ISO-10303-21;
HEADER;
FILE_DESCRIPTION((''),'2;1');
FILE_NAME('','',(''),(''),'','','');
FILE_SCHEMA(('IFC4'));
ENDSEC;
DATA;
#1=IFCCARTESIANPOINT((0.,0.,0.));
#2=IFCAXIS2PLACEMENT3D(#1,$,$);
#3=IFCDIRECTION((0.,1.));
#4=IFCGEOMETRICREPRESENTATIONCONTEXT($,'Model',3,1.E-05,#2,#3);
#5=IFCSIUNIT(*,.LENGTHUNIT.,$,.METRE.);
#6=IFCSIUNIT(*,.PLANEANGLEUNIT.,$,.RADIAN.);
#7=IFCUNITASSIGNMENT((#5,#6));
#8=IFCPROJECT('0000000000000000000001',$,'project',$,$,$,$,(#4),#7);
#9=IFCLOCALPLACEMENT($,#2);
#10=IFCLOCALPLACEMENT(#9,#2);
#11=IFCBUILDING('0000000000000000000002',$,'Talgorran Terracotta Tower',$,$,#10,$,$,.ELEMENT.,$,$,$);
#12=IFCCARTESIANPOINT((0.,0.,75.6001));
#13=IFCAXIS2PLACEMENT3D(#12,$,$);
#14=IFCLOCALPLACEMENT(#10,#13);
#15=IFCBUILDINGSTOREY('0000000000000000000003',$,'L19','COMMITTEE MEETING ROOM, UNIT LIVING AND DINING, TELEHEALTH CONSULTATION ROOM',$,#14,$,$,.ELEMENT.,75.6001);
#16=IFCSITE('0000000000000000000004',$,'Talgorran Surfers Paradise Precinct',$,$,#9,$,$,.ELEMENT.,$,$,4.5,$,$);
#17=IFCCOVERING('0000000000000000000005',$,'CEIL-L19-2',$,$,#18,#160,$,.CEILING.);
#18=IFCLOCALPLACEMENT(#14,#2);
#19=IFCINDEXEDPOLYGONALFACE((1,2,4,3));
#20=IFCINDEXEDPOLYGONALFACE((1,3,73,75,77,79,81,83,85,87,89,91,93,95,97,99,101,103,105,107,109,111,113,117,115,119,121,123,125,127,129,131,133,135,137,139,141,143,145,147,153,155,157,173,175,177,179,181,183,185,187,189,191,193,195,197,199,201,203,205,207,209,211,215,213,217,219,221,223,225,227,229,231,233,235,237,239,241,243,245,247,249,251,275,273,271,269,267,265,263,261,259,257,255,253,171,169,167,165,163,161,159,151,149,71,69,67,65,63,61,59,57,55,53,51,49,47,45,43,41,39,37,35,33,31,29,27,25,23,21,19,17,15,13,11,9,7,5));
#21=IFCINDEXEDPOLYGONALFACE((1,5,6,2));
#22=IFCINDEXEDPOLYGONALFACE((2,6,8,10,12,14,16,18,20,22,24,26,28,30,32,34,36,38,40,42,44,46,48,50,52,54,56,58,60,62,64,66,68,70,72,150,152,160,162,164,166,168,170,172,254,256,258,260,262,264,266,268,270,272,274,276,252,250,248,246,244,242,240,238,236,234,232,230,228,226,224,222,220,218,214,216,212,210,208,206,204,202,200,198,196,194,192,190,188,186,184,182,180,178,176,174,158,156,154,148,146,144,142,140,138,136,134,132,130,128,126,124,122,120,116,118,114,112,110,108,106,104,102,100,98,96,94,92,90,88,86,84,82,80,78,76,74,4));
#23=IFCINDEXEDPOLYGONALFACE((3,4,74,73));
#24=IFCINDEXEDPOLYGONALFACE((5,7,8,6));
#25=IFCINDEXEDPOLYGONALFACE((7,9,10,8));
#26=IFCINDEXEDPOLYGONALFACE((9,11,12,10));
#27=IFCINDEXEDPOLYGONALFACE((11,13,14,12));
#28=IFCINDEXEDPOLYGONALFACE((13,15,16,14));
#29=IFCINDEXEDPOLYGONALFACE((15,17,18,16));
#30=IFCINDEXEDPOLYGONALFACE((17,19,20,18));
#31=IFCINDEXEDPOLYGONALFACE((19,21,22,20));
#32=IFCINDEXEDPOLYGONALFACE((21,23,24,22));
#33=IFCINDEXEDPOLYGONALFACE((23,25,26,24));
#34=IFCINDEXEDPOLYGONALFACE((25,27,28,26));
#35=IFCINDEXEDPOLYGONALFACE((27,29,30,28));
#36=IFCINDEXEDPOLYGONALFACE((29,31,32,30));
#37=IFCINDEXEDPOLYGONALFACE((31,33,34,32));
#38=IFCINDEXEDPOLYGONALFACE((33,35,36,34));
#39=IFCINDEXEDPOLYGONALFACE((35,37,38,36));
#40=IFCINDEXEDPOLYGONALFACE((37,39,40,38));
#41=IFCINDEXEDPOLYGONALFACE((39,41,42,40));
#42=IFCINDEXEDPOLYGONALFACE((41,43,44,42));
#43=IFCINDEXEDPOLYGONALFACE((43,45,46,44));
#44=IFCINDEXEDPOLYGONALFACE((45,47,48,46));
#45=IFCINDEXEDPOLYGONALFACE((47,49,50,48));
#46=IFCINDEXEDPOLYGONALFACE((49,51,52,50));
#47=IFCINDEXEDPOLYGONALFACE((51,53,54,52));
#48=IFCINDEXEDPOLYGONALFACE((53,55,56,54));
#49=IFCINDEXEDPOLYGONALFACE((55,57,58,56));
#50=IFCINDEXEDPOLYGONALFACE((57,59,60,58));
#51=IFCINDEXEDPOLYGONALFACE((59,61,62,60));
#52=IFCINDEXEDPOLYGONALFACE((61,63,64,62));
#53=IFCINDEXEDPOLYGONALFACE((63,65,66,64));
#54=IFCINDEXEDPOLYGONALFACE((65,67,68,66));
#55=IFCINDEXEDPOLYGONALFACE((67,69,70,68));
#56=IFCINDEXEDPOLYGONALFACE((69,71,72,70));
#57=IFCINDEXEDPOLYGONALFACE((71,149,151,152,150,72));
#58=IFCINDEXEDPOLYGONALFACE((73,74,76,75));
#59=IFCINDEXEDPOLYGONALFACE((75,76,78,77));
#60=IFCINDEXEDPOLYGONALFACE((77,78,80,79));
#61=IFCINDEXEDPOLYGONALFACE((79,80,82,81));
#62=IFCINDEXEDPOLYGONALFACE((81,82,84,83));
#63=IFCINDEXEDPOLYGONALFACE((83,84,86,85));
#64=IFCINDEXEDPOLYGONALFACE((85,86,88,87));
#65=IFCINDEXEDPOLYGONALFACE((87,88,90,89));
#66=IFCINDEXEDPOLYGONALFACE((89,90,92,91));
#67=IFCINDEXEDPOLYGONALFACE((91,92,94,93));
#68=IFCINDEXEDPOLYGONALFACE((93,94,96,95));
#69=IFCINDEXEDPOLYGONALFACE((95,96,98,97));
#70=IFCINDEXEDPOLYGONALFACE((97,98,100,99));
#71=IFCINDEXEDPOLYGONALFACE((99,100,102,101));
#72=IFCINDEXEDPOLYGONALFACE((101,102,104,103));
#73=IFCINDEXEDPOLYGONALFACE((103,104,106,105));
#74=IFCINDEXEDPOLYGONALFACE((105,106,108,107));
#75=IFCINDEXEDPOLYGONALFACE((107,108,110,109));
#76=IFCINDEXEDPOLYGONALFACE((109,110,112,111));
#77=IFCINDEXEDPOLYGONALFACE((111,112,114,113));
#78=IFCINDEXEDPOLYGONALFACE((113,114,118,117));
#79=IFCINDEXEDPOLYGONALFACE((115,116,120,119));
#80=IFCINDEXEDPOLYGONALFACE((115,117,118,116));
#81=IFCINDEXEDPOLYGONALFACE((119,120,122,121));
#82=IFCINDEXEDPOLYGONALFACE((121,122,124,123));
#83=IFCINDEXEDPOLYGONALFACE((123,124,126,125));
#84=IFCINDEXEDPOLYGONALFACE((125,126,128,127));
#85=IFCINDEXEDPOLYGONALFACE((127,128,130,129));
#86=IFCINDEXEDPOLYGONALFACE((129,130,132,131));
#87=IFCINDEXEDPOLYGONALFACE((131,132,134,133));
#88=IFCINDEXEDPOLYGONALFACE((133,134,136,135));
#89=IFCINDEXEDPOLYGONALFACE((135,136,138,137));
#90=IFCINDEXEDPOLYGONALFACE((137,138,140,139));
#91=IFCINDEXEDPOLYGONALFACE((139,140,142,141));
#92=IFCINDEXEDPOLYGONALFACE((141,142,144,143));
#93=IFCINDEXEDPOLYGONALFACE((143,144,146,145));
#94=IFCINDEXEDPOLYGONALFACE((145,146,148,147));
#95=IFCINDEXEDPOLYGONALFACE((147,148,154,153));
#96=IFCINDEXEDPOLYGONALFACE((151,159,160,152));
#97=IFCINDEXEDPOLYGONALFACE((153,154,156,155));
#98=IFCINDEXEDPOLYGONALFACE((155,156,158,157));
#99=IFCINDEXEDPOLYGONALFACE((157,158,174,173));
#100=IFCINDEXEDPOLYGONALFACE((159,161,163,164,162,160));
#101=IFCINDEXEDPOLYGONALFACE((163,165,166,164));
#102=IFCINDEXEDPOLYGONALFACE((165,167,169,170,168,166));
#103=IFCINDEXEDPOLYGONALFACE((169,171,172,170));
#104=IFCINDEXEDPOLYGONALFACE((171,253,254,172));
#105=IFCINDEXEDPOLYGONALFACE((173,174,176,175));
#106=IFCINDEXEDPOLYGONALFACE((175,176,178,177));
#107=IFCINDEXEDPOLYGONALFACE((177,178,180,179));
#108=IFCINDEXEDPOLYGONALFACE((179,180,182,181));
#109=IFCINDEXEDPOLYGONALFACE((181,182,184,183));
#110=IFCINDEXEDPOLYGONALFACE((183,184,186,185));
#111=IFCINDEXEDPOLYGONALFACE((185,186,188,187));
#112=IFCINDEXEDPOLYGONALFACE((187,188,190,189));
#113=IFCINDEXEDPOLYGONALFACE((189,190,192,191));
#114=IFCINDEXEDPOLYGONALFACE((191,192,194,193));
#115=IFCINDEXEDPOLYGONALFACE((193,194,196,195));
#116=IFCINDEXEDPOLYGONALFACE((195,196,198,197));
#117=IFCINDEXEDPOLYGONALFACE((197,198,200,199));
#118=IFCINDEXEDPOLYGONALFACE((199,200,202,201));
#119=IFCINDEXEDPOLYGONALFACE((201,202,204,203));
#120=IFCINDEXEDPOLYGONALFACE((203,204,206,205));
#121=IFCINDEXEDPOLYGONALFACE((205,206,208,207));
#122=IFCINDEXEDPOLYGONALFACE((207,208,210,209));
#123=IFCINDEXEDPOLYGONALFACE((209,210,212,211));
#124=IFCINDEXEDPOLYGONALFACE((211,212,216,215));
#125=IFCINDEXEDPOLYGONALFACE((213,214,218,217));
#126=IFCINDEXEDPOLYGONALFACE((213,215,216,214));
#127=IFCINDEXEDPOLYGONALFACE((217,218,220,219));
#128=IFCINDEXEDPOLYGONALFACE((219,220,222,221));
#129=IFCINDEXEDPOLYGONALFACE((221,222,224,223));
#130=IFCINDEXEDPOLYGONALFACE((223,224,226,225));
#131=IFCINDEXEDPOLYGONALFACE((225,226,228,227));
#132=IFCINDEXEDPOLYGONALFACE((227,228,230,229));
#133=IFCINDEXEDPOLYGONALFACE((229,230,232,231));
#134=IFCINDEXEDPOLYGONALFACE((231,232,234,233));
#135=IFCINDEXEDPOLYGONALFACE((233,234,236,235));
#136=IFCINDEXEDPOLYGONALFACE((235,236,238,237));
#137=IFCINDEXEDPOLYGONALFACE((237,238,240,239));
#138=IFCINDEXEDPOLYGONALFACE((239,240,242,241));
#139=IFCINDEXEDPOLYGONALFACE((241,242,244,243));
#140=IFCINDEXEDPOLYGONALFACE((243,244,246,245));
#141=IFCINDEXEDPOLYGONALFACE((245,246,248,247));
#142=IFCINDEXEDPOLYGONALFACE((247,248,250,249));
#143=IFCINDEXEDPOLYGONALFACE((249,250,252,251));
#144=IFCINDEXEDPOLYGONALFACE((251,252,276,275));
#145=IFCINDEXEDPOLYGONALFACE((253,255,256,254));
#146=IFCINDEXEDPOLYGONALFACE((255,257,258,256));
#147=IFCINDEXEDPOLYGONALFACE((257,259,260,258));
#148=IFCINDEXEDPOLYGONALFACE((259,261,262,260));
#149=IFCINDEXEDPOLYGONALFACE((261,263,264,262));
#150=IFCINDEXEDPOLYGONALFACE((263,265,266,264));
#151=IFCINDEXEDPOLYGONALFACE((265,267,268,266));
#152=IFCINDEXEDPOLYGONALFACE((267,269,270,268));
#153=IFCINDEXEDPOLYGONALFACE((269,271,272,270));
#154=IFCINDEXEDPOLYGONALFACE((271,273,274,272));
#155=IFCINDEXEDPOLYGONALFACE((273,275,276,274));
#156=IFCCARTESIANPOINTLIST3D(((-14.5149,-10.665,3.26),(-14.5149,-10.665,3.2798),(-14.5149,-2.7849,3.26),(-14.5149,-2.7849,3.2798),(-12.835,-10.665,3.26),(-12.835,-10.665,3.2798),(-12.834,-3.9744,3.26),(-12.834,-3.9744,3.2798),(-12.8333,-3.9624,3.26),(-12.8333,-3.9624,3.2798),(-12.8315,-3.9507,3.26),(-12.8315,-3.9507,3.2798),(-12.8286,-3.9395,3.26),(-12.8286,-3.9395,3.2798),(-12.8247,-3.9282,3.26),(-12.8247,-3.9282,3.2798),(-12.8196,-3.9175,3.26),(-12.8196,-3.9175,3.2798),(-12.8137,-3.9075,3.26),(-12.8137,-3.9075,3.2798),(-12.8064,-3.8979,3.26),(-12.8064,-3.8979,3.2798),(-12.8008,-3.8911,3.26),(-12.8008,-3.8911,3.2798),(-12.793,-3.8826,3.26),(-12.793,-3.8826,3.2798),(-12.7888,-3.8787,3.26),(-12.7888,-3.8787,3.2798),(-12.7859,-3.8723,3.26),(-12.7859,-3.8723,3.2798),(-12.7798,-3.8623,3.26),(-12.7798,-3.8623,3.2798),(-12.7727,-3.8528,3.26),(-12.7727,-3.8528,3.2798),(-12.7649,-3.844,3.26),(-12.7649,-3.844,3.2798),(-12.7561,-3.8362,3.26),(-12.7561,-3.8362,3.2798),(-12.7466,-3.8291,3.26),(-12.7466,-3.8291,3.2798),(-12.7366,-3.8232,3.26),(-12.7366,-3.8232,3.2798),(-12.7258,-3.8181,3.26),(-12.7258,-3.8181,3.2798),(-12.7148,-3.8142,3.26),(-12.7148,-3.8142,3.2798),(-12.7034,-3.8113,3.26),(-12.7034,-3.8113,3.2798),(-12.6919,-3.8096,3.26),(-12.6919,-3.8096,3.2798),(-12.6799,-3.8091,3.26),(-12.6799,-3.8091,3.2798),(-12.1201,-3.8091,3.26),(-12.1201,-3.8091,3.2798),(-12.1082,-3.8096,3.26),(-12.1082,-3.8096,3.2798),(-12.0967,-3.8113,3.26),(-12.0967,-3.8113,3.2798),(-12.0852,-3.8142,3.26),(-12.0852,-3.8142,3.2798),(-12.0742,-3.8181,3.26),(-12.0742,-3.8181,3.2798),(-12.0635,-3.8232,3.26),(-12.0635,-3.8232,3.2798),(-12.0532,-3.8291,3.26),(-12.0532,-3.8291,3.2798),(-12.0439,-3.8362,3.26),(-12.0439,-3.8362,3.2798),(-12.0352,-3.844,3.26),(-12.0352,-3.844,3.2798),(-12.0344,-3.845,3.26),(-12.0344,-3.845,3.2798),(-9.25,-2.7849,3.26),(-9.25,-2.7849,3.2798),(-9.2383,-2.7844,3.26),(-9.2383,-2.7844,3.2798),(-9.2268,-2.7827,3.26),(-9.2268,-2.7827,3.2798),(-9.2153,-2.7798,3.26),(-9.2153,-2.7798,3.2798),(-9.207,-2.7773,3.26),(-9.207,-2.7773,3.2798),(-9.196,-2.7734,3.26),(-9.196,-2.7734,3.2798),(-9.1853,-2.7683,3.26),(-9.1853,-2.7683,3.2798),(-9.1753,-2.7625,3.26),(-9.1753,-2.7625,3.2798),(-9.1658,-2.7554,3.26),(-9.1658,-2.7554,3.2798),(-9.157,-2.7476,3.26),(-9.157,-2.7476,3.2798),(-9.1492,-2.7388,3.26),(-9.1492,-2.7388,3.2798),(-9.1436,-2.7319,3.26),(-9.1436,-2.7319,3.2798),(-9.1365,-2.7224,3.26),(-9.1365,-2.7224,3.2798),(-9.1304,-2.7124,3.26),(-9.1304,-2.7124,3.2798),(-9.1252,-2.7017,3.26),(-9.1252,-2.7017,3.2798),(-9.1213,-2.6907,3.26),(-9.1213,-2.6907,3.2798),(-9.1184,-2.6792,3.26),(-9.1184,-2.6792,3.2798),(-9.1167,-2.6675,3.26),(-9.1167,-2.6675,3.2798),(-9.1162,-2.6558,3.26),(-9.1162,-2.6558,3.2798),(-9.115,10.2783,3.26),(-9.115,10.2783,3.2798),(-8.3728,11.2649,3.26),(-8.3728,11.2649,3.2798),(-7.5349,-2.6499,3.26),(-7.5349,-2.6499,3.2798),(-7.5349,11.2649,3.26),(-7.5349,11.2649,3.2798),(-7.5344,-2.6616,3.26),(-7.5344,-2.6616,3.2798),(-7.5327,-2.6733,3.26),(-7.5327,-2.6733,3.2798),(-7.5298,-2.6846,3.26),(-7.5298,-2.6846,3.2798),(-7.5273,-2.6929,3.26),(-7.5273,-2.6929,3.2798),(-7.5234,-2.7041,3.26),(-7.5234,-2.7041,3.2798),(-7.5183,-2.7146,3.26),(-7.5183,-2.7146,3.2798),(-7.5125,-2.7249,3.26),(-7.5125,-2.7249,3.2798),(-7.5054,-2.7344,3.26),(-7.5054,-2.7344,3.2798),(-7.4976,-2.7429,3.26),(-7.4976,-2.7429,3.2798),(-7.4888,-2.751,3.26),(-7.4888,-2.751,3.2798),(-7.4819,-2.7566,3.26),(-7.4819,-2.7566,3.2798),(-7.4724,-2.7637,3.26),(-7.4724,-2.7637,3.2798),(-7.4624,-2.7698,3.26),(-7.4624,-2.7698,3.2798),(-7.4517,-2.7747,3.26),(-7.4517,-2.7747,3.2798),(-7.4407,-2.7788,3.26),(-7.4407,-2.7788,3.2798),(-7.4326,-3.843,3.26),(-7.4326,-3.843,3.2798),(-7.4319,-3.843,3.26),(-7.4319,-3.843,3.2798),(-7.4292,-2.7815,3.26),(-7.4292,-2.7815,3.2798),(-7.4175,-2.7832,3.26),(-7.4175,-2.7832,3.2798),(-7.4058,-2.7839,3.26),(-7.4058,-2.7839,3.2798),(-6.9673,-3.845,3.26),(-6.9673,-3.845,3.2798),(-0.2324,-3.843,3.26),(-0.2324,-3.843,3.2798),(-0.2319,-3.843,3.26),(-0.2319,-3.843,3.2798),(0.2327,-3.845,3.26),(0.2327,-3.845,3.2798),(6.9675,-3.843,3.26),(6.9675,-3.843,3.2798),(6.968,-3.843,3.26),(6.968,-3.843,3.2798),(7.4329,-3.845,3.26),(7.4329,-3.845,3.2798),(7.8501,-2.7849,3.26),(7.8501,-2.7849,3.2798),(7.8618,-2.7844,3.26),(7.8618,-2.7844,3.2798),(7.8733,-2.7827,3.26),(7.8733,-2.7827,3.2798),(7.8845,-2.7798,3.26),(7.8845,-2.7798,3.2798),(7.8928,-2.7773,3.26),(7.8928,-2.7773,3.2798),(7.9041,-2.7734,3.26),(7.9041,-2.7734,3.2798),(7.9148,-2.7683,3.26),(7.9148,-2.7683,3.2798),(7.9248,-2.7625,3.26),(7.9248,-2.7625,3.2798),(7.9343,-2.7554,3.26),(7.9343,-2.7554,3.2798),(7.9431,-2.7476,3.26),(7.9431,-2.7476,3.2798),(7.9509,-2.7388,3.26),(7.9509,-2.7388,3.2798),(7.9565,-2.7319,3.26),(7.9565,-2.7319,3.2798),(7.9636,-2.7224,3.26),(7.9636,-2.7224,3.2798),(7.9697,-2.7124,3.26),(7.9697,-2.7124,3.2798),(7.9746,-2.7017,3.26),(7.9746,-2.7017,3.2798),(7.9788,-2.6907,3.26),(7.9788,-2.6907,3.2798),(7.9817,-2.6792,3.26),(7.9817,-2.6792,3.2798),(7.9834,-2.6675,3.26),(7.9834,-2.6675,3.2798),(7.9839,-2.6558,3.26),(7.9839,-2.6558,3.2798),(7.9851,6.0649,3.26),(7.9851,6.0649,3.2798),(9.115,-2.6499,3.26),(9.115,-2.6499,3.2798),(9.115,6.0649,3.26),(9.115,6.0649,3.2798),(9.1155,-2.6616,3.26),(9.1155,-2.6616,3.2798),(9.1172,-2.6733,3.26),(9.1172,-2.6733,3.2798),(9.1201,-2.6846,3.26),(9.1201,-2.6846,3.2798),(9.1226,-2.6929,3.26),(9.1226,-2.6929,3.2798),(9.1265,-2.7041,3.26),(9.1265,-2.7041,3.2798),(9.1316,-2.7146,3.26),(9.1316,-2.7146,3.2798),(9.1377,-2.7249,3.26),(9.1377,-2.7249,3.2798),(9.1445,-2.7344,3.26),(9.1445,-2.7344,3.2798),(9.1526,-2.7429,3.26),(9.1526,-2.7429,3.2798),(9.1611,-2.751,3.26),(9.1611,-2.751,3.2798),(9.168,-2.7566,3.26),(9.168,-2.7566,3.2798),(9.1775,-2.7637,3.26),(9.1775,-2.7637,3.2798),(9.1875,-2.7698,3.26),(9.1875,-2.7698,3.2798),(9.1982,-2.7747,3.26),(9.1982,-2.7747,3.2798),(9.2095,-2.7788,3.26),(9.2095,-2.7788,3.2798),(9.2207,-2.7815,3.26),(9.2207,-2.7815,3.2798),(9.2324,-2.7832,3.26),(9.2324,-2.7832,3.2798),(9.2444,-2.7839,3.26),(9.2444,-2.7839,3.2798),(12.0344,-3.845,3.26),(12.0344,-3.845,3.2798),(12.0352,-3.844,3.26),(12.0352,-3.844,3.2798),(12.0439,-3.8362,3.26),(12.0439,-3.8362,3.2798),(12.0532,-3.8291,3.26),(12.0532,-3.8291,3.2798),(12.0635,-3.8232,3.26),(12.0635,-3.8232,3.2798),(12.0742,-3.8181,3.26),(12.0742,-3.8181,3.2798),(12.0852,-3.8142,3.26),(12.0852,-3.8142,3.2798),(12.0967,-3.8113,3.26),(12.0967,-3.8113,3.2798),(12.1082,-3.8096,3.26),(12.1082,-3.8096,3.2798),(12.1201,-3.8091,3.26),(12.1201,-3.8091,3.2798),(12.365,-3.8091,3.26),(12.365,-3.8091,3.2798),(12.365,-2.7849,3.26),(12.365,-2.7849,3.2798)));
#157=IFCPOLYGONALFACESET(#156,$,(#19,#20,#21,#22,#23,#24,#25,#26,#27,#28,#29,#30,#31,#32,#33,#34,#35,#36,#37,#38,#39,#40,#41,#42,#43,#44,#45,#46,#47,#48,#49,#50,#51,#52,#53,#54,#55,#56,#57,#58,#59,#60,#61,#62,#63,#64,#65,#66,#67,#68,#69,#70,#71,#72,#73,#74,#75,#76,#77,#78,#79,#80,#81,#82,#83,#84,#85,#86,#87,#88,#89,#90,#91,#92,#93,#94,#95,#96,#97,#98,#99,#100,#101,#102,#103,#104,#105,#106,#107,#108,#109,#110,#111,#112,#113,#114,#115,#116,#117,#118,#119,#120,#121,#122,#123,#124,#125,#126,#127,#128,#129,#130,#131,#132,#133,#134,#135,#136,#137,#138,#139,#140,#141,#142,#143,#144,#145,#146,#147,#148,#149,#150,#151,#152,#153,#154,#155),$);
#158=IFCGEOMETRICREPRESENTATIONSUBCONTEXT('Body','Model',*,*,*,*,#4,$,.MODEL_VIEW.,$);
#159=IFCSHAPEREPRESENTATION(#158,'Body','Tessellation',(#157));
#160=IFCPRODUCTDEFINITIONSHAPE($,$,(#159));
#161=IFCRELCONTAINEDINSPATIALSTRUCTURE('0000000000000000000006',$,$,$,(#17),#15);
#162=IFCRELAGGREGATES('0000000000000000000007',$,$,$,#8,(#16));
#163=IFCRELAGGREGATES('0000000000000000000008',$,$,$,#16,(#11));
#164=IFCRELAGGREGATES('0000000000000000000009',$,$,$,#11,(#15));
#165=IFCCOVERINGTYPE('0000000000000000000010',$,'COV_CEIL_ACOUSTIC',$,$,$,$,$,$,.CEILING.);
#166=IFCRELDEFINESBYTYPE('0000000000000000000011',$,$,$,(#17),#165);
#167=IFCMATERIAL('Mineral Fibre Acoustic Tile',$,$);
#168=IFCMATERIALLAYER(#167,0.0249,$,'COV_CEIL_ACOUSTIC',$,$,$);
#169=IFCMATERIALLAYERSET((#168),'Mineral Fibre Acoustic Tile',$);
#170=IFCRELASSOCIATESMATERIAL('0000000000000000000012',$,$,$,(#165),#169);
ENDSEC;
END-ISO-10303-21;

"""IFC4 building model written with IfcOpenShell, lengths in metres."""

from ifc_helpers import new_model, si_unit, direction, frame, origin, place, context, subcontext, project, spatial, polyline, outline, extrude, material, layer, layer_set, type_object, element, save


model = new_model("IFC4")

# Units and contexts
model_context = context("Model", 3, precision=1e-05, world=origin(), true_north=direction((0.0, 1.0)))
body_context = subcontext(model_context, "Body", "Model", "MODEL_VIEW")
ifc_project = project(units=[si_unit("LENGTHUNIT", "METRE"), si_unit("PLANEANGLEUNIT", "RADIAN")], contexts=[model_context])

# Site, building, storey
site_placement = place(None, origin())
site = spatial("IfcSite", under=ifc_project, at=site_placement, Name="Talgorran Surfers Paradise Precinct", CompositionType="ELEMENT", RefElevation=4.5)
building_placement = place(site_placement, origin())
building = spatial("IfcBuilding", under=site, at=building_placement, Name="Talgorran Terracotta Tower", CompositionType="ELEMENT")
storey_placement = place(building_placement, frame((0.0, 0.0, 75.6001)))
storey = spatial("IfcBuildingStorey", under=building, at=storey_placement, Name="L19", Description="COMMITTEE MEETING ROOM, UNIT LIVING AND DINING, TELEHEALTH CONSULTATION ROOM", CompositionType="ELEMENT", Elevation=75.6001)

# Covering
ifc_material_1 = material(Name="Mineral Fibre Acoustic Tile")
ifc_layer_1 = layer(ifc_material_1, 0.0249, Name="COV_CEIL_ACOUSTIC")
ifc_layer_set_1 = layer_set([ifc_layer_1], Name="Mineral Fibre Acoustic Tile")
covering_type_1 = type_object("IfcCoveringType", Name="COV_CEIL_ACOUSTIC", PredefinedType="CEILING", material=ifc_layer_set_1)
covering_1_placement = place(storey_placement, frame((0.0, 0.0, 3.26)))
element("IfcCovering", 1, at=covering_1_placement, inside=storey, type_object=covering_type_1, Name="CEIL-L19-2", PredefinedType="CEILING", context=body_context, shape_type="SweptSolid", body=[
    extrude(outline(polyline([(-12.7888, -3.8787), (-12.793, -3.8826), (-12.8008, -3.8911), (-12.8064, -3.8979), (-12.8137, -3.9075), (-12.8196, -3.9175), (-12.8247, -3.9282), (-12.8286, -3.9395), (-12.8315, -3.9507), (-12.8333, -3.9624), (-12.834, -3.9744), (-12.835, -10.665), (-14.5149, -10.665), (-14.5149, -2.7849), (-9.25, -2.7849), (-9.2383, -2.7844), (-9.2268, -2.7827), (-9.2153, -2.7798), (-9.207, -2.7773), (-9.196, -2.7734), (-9.1853, -2.7683), (-9.1753, -2.7625), (-9.1658, -2.7554), (-9.157, -2.7476), (-9.1492, -2.7388), (-9.1436, -2.7319), (-9.1365, -2.7224), (-9.1304, -2.7124), (-9.1252, -2.7017), (-9.1213, -2.6907), (-9.1184, -2.6792), (-9.1167, -2.6675), (-9.1162, -2.6558), (-9.115, 10.2783), (-8.3728, 11.2649), (-7.5349, 11.2649), (-7.5349, -2.6499), (-7.5344, -2.6616), (-7.5327, -2.6733), (-7.5298, -2.6846), (-7.5273, -2.6929), (-7.5234, -2.7041), (-7.5183, -2.7146), (-7.5125, -2.7249), (-7.5054, -2.7344), (-7.4976, -2.7429), (-7.4888, -2.751), (-7.4819, -2.7566), (-7.4724, -2.7637), (-7.4624, -2.7698), (-7.4517, -2.7747), (-7.4407, -2.7788), (-7.4292, -2.7815), (-7.4175, -2.7832), (-7.4058, -2.7839), (7.8501, -2.7849), (7.8618, -2.7844), (7.8733, -2.7827), (7.8845, -2.7798), (7.8928, -2.7773), (7.9041, -2.7734), (7.9148, -2.7683), (7.9248, -2.7625), (7.9343, -2.7554), (7.9431, -2.7476), (7.9509, -2.7388), (7.9565, -2.7319), (7.9636, -2.7224), (7.9697, -2.7124), (7.9746, -2.7017), (7.9788, -2.6907), (7.9817, -2.6792), (7.9834, -2.6675), (7.9839, -2.6558), (7.9851, 6.0649), (9.115, 6.0649), (9.115, -2.6499), (9.1155, -2.6616), (9.1172, -2.6733), (9.1201, -2.6846), (9.1226, -2.6929), (9.1265, -2.7041), (9.1316, -2.7146), (9.1377, -2.7249), (9.1445, -2.7344), (9.1526, -2.7429), (9.1611, -2.751), (9.168, -2.7566), (9.1775, -2.7637), (9.1875, -2.7698), (9.1982, -2.7747), (9.2095, -2.7788), (9.2207, -2.7815), (9.2324, -2.7832), (9.2444, -2.7839), (12.365, -2.7849), (12.365, -3.8091), (12.1201, -3.8091), (12.1082, -3.8096), (12.0967, -3.8113), (12.0852, -3.8142), (12.0742, -3.8181), (12.0635, -3.8232), (12.0532, -3.8291), (12.0439, -3.8362), (12.0352, -3.844), (12.0344, -3.845), (7.4329, -3.845), (6.968, -3.843), (6.9675, -3.843), (0.2327, -3.845), (-0.2319, -3.843), (-0.2324, -3.843), (-6.9673, -3.845), (-7.4319, -3.843), (-7.4326, -3.843), (-12.0344, -3.845), (-12.0352, -3.844), (-12.0439, -3.8362), (-12.0532, -3.8291), (-12.0635, -3.8232), (-12.0742, -3.8181), (-12.0852, -3.8142), (-12.0967, -3.8113), (-12.1082, -3.8096), (-12.1201, -3.8091), (-12.6799, -3.8091), (-12.6919, -3.8096), (-12.7034, -3.8113), (-12.7148, -3.8142), (-12.7258, -3.8181), (-12.7366, -3.8232), (-12.7466, -3.8291), (-12.7561, -3.8362), (-12.7649, -3.844), (-12.7727, -3.8528), (-12.7798, -3.8623), (-12.7859, -3.8723), (-12.7888, -3.8787)])), origin(), (0.0, 0.0, 1.0), 0.0198),
])

save(model, "model.ifc")
